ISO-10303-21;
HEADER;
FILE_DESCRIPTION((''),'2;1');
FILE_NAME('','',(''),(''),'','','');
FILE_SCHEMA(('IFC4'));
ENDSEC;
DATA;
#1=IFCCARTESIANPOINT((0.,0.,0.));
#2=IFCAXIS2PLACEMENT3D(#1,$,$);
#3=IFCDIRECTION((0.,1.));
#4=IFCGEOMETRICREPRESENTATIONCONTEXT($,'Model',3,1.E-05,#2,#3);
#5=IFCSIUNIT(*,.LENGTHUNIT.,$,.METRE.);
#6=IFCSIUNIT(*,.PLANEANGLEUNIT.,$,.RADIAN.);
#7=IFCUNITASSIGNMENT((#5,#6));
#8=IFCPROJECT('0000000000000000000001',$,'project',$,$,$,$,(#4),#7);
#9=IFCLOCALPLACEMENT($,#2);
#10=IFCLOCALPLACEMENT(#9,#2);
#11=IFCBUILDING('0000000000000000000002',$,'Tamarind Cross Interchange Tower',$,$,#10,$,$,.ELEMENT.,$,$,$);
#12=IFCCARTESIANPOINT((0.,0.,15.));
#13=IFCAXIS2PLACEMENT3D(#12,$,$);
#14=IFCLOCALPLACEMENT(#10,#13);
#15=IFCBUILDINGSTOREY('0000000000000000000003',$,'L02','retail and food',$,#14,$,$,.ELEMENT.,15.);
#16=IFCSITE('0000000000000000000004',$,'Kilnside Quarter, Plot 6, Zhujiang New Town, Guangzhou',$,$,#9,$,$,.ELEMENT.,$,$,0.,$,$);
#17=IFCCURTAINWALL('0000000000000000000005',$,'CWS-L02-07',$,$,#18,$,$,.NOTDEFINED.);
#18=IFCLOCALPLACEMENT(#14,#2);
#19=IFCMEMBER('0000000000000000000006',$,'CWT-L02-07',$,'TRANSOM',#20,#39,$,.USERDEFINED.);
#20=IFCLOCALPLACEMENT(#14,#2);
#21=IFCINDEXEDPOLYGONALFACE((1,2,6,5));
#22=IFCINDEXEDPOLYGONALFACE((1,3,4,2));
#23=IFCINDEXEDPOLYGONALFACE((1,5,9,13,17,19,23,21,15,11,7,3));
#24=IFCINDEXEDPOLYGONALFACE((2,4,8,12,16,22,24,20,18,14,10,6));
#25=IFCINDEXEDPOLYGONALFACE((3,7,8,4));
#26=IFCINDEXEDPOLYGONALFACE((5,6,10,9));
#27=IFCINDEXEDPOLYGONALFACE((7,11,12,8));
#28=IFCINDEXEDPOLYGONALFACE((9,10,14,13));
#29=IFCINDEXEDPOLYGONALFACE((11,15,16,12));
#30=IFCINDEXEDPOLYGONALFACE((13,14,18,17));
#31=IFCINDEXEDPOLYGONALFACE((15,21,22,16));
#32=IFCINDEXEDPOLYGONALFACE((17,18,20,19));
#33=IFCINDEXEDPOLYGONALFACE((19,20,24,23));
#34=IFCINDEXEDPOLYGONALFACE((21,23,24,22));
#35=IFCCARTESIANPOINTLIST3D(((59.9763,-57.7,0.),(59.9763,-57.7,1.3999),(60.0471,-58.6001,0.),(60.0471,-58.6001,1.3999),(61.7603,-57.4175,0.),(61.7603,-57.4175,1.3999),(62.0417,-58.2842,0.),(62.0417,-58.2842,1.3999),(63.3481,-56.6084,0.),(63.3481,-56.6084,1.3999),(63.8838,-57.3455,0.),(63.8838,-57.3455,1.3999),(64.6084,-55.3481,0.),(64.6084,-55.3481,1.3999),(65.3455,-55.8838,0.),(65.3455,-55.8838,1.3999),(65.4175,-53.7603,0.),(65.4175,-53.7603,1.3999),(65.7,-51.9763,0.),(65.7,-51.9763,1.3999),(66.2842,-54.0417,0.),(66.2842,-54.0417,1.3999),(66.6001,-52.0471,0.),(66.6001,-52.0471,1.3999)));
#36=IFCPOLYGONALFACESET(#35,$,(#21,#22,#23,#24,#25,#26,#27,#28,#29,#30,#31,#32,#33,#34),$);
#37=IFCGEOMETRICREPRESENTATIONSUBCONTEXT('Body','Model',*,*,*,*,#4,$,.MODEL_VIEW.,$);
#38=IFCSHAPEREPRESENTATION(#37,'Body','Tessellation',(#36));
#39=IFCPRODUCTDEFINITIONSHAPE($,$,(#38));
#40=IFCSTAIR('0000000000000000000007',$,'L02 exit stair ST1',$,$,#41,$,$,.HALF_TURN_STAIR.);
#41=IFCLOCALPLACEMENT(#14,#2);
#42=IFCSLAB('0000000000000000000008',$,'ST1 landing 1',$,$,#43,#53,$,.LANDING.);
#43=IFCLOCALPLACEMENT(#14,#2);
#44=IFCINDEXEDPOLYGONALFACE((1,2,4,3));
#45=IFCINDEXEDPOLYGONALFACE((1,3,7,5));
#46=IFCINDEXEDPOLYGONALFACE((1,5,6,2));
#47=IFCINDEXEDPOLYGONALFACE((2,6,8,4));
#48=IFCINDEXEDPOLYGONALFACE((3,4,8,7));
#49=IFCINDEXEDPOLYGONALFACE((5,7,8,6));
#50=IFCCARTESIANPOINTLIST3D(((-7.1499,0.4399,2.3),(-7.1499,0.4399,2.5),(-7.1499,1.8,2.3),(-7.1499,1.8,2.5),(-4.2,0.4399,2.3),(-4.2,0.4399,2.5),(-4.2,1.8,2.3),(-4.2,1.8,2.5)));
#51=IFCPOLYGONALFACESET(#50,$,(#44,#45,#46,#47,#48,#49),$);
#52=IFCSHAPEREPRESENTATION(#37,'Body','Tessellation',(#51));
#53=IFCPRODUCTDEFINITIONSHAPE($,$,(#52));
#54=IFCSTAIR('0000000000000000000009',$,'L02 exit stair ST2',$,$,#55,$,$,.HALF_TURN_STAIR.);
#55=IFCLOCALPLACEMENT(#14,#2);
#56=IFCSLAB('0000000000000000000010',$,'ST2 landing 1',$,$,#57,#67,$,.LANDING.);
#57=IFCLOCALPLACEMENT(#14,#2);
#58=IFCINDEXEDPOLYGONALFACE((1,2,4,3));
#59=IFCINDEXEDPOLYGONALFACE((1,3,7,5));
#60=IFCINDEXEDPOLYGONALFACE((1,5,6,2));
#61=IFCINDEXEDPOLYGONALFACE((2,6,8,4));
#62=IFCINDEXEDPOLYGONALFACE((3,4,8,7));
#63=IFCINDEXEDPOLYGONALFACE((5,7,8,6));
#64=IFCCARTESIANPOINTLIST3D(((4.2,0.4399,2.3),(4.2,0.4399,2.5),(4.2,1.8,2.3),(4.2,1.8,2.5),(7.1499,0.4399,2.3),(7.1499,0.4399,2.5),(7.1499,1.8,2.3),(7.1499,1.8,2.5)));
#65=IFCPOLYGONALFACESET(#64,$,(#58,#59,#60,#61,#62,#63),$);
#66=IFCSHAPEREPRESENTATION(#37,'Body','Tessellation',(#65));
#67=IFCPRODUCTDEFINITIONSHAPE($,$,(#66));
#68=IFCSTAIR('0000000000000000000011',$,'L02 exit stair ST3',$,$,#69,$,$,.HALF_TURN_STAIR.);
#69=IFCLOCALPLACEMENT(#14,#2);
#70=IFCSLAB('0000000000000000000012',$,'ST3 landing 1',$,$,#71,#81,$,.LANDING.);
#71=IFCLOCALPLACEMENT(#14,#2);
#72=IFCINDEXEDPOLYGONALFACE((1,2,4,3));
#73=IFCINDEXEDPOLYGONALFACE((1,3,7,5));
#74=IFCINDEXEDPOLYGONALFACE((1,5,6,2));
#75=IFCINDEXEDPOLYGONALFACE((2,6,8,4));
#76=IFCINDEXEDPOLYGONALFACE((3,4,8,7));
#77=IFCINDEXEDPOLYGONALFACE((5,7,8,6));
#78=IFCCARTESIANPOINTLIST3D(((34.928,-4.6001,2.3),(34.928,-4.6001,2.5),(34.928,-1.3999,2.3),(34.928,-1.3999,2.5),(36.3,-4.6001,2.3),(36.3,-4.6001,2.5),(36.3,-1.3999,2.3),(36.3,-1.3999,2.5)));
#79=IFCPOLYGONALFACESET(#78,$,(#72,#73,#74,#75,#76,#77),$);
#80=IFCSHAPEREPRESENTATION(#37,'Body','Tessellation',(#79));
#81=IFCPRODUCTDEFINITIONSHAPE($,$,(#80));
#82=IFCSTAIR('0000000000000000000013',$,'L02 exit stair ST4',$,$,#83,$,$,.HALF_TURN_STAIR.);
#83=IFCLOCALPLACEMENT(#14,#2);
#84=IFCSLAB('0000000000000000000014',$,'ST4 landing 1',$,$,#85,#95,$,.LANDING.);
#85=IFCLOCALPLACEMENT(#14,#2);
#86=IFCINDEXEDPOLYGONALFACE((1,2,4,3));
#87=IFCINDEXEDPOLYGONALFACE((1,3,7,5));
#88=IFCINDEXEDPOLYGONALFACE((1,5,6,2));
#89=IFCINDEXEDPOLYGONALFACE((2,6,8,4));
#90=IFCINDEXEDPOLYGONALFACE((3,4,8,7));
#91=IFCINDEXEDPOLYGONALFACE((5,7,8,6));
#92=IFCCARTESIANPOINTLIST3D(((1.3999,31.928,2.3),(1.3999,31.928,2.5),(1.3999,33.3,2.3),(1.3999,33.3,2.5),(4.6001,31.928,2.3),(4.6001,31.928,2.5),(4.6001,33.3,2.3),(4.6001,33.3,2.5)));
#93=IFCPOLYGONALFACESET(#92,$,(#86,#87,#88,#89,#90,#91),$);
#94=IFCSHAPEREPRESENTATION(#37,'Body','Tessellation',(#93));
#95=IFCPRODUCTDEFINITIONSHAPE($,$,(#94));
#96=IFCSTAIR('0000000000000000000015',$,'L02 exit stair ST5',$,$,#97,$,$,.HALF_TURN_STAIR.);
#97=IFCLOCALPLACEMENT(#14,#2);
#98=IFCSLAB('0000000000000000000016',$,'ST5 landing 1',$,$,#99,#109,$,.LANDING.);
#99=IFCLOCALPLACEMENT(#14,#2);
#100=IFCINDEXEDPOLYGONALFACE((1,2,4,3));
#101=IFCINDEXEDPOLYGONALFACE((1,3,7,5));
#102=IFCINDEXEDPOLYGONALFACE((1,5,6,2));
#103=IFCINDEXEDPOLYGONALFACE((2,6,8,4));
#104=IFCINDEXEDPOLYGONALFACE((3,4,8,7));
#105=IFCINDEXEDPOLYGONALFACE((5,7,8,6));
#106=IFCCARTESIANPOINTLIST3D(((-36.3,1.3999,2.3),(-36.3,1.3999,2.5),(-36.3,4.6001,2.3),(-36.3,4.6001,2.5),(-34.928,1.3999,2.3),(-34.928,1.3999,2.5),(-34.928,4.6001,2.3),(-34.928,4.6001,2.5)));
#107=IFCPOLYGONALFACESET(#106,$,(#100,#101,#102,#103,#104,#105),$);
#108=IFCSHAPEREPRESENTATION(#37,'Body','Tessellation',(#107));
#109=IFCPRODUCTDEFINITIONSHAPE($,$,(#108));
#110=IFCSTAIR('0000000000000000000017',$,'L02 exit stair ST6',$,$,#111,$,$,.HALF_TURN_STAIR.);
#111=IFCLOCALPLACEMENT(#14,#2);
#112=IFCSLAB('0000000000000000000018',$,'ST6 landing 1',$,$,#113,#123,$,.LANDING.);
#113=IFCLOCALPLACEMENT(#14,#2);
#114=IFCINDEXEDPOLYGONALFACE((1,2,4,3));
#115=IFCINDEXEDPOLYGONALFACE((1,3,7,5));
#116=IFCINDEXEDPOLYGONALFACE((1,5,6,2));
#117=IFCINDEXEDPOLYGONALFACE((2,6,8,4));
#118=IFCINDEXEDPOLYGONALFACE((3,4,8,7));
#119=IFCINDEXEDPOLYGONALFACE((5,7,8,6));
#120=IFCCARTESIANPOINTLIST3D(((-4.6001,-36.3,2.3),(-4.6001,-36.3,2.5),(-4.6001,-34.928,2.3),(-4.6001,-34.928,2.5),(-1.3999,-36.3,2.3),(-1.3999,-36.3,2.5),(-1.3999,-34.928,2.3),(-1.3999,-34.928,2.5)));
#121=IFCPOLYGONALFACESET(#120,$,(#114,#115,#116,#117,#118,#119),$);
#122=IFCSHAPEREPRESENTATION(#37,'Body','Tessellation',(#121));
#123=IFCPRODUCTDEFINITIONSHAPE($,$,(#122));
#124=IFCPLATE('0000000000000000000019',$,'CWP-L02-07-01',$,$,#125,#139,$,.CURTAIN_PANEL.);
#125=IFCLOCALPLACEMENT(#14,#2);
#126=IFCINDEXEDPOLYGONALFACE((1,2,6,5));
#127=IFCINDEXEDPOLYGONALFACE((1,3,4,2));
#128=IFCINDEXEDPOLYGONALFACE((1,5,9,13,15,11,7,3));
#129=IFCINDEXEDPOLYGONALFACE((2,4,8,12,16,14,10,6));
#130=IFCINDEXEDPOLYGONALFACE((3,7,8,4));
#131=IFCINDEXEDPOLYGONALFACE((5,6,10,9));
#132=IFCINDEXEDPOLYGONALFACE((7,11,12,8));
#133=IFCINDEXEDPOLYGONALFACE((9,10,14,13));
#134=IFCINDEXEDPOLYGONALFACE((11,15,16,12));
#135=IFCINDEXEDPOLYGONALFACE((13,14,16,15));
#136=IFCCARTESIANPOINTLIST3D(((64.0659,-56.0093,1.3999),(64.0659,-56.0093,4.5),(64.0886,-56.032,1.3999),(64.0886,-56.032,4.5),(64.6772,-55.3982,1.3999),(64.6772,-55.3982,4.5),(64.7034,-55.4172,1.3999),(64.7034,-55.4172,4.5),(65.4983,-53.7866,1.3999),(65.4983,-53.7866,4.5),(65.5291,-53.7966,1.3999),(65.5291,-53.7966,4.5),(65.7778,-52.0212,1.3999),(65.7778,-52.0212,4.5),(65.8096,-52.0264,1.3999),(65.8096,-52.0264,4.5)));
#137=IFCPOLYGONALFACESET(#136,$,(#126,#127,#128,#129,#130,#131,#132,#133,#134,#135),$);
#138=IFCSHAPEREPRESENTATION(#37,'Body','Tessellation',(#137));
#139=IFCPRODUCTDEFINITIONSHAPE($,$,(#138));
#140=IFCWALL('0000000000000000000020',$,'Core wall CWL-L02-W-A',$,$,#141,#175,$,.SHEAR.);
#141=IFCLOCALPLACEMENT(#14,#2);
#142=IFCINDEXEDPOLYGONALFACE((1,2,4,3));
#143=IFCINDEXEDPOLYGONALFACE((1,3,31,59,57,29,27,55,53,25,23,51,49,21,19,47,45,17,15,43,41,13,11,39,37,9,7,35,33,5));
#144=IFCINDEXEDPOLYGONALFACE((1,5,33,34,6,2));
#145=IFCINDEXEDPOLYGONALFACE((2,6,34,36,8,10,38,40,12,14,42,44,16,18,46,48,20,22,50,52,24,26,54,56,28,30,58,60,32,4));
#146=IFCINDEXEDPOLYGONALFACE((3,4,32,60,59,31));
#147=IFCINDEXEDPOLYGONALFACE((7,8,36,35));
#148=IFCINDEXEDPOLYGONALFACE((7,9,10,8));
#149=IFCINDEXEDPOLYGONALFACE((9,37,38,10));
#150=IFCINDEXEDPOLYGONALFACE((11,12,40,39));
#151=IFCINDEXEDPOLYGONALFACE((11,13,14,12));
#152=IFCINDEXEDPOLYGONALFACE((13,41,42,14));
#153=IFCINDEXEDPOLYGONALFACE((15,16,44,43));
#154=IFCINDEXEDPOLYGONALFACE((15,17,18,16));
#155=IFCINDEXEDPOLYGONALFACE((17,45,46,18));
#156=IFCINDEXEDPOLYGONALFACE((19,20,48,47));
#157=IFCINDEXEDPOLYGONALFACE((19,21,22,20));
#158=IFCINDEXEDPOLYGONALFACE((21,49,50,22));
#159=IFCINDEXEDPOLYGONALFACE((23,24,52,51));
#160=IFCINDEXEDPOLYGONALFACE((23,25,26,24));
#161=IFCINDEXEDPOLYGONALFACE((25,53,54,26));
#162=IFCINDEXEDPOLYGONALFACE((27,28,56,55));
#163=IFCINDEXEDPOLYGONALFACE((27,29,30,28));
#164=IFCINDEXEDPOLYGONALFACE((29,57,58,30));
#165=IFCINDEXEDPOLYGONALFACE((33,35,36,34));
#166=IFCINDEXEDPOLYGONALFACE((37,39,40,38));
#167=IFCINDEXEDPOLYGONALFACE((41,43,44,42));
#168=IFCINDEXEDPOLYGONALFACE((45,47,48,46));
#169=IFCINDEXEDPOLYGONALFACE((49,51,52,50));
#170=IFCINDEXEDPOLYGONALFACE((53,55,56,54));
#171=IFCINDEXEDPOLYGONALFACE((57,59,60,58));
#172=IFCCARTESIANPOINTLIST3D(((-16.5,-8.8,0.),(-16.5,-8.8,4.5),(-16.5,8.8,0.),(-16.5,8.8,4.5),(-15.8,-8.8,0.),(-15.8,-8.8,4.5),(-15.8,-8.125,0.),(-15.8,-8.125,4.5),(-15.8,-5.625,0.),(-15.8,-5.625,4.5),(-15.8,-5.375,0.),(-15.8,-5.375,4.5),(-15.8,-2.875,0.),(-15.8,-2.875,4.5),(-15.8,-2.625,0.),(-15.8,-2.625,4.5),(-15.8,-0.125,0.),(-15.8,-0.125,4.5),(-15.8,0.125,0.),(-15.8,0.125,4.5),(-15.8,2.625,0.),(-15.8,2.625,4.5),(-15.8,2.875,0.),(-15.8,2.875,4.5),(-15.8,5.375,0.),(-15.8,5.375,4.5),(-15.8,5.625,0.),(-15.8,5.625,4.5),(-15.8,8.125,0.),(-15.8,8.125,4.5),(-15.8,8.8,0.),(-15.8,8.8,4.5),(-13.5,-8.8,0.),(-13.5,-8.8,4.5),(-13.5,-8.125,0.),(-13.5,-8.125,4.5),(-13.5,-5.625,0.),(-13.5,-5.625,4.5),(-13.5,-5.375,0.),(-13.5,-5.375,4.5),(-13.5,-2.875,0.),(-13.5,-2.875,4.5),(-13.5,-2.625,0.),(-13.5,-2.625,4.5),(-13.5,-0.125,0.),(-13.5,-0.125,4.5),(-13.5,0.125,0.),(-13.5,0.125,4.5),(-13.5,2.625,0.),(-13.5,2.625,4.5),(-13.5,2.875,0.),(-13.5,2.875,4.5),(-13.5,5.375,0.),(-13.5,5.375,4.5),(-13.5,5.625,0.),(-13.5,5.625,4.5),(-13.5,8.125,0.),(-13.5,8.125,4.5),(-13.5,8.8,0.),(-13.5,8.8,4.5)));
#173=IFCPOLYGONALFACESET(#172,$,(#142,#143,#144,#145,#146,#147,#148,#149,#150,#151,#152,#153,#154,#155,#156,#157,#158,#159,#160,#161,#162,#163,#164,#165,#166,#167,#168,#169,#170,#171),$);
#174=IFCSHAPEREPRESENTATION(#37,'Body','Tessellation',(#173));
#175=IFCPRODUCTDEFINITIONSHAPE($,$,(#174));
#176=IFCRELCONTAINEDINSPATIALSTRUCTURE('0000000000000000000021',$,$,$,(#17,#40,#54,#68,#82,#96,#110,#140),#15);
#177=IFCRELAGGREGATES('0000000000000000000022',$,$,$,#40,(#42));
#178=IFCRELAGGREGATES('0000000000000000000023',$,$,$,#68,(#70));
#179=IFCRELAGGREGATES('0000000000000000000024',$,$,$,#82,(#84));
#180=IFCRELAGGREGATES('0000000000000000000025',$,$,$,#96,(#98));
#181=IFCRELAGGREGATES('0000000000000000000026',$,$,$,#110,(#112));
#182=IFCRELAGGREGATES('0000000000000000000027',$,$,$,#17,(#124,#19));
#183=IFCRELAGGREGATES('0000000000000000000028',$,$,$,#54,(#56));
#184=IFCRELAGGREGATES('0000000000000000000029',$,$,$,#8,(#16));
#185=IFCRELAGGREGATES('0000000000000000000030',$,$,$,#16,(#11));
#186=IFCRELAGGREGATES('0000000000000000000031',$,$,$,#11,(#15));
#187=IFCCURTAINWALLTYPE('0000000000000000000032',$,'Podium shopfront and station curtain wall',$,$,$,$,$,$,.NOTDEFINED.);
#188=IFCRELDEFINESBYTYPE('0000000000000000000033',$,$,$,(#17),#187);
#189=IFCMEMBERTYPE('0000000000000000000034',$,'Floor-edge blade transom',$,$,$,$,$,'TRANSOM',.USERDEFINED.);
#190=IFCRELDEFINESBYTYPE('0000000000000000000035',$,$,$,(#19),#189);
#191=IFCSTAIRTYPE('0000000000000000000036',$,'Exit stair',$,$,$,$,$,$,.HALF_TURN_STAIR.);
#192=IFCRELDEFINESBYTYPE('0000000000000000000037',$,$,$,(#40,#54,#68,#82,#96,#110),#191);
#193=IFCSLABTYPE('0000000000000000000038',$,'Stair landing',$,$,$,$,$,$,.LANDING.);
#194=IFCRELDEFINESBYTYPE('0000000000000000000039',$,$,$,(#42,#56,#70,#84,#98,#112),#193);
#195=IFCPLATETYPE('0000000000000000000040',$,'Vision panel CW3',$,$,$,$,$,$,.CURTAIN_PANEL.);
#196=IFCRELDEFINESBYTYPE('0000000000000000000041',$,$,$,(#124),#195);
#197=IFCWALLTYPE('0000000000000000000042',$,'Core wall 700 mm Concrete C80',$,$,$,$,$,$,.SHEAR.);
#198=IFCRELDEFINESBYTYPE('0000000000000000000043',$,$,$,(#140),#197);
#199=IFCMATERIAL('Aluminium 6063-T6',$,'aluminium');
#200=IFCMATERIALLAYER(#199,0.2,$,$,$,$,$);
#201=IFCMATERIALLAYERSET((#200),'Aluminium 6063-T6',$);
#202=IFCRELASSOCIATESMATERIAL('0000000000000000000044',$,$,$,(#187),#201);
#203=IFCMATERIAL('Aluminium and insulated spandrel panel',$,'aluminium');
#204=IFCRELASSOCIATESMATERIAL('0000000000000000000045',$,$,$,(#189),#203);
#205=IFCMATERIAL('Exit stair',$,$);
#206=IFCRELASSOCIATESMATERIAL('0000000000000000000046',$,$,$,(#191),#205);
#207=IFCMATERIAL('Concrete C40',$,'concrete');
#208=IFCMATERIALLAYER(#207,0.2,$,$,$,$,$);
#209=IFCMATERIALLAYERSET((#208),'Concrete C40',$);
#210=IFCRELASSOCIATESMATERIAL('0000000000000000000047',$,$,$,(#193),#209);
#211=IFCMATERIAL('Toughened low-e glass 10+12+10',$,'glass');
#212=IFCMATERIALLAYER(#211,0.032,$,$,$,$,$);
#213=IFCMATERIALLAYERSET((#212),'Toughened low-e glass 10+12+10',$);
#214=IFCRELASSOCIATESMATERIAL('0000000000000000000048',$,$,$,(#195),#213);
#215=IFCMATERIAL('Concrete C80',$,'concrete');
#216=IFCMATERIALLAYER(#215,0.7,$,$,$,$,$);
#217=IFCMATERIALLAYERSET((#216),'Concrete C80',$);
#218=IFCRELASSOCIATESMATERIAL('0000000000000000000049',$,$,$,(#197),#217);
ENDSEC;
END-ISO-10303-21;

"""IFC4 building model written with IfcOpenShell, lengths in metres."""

from ifc_helpers import new_model, si_unit, direction, frame, origin, place, context, subcontext, project, spatial, polyline, outline, extrude, material, layer, layer_set, type_object, element, aggregate, save


model = new_model("IFC4")

# Units and contexts
model_context = context("Model", 3, precision=1e-05, world=origin(), true_north=direction((0.0, 1.0)))
body_context = subcontext(model_context, "Body", "Model", "MODEL_VIEW")
ifc_project = project(units=[si_unit("LENGTHUNIT", "METRE"), si_unit("PLANEANGLEUNIT", "RADIAN")], contexts=[model_context])

# Site, building, storey
site_placement = place(None, origin())
site = spatial("IfcSite", under=ifc_project, at=site_placement, Name="Kilnside Quarter, Plot 6, Zhujiang New Town, Guangzhou", CompositionType="ELEMENT", RefElevation=0.0)
building_placement = place(site_placement, origin())
building = spatial("IfcBuilding", under=site, at=building_placement, Name="Tamarind Cross Interchange Tower", CompositionType="ELEMENT")
storey_placement = place(building_placement, frame((0.0, 0.0, 15.0)))
storey = spatial("IfcBuildingStorey", under=building, at=storey_placement, Name="L02", Description="retail and food", CompositionType="ELEMENT", Elevation=15.0)

# Curtain wall, member
ifc_material_1 = material(Name="Aluminium 6063-T6", Category="aluminium")
ifc_layer_1 = layer(ifc_material_1, 0.2)
ifc_layer_set_1 = layer_set([ifc_layer_1], Name="Aluminium 6063-T6")
curtain_wall_type = type_object("IfcCurtainWallType", Name="Podium shopfront and station curtain wall", PredefinedType="NOTDEFINED", material=ifc_layer_set_1)
curtain_wall_placement = place(storey_placement, origin())
curtain_wall = element("IfcCurtainWall", 1, at=curtain_wall_placement, inside=storey, type_object=curtain_wall_type, Name="CWS-L02-07", PredefinedType="NOTDEFINED")
ifc_material_2 = material(Name="Aluminium and insulated spandrel panel", Category="aluminium")
member_type = type_object("IfcMemberType", Name="Floor-edge blade transom", ElementType="TRANSOM", PredefinedType="USERDEFINED", material=ifc_material_2)
member_placement = place(storey_placement, origin())
member = element("IfcMember", 2, at=member_placement, type_object=member_type, Name="CWT-L02-07", ObjectType="TRANSOM", PredefinedType="USERDEFINED", context=body_context, shape_type="SweptSolid", body=[
    extrude(outline(polyline([(59.9763, -57.7), (61.7603, -57.4175), (63.3481, -56.6084), (64.6084, -55.3481), (65.4175, -53.7603), (65.7, -51.9763), (66.6001, -52.0471), (66.2842, -54.0417), (65.3455, -55.8838), (63.8838, -57.3455), (62.0417, -58.2842), (60.0471, -58.6001), (59.9763, -57.7)])), origin(), (0.0, 0.0, 1.0), 1.3999),
])

# Stairs, slabs
ifc_material_3 = material(Name="Exit stair")
stair_type = type_object("IfcStairType", Name="Exit stair", PredefinedType="HALF_TURN_STAIR", material=ifc_material_3)
stair_1_placement = place(storey_placement, origin())
stair_1 = element("IfcStair", 3, at=stair_1_placement, inside=storey, type_object=stair_type, Name="L02 exit stair ST1", PredefinedType="HALF_TURN_STAIR")
ifc_material_4 = material(Name="Concrete C40", Category="concrete")
ifc_layer_2 = layer(ifc_material_4, 0.2)
ifc_layer_set_2 = layer_set([ifc_layer_2], Name="Concrete C40")
slab_type = type_object("IfcSlabType", Name="Stair landing", PredefinedType="LANDING", material=ifc_layer_set_2)
slab_1_placement = place(storey_placement, frame((0.0, 0.0, 2.3)))
slab_1 = element("IfcSlab", 4, at=slab_1_placement, type_object=slab_type, Name="ST1 landing 1", PredefinedType="LANDING", context=body_context, shape_type="SweptSolid", body=[
    extrude(outline(polyline([(-4.2, 0.4399), (-4.2, 1.8), (-7.1499, 1.8), (-7.1499, 0.4399), (-4.2, 0.4399)])), origin(), (0.0, 0.0, 1.0), 0.2),
])
aggregate(stair_1, [slab_1])
stair_2_placement = place(storey_placement, origin())
stair_2 = element("IfcStair", 5, at=stair_2_placement, inside=storey, type_object=stair_type, Name="L02 exit stair ST2", PredefinedType="HALF_TURN_STAIR")
slab_2_placement = place(storey_placement, frame((0.0, 0.0, 2.3)))
slab_2 = element("IfcSlab", 6, at=slab_2_placement, type_object=slab_type, Name="ST2 landing 1", PredefinedType="LANDING", context=body_context, shape_type="SweptSolid", body=[
    extrude(outline(polyline([(7.1499, 0.4399), (7.1499, 1.8), (4.2, 1.8), (4.2, 0.4399), (7.1499, 0.4399)])), origin(), (0.0, 0.0, 1.0), 0.2),
])
stair_3_placement = place(storey_placement, origin())
stair_3 = element("IfcStair", 7, at=stair_3_placement, inside=storey, type_object=stair_type, Name="L02 exit stair ST3", PredefinedType="HALF_TURN_STAIR")
slab_3_placement = place(storey_placement, frame((0.0, 0.0, 2.3)))
slab_3 = element("IfcSlab", 8, at=slab_3_placement, type_object=slab_type, Name="ST3 landing 1", PredefinedType="LANDING", context=body_context, shape_type="SweptSolid", body=[
    extrude(outline(polyline([(34.928, -4.6001), (36.3, -4.6001), (36.3, -1.3999), (34.928, -1.3999), (34.928, -4.6001)])), origin(), (0.0, 0.0, 1.0), 0.2),
])
aggregate(stair_3, [slab_3])
stair_4_placement = place(storey_placement, origin())
stair_4 = element("IfcStair", 9, at=stair_4_placement, inside=storey, type_object=stair_type, Name="L02 exit stair ST4", PredefinedType="HALF_TURN_STAIR")
slab_4_placement = place(storey_placement, frame((0.0, 0.0, 2.3)))
slab_4 = element("IfcSlab", 10, at=slab_4_placement, type_object=slab_type, Name="ST4 landing 1", PredefinedType="LANDING", context=body_context, shape_type="SweptSolid", body=[
    extrude(outline(polyline([(4.6001, 31.928), (4.6001, 33.3), (1.3999, 33.3), (1.3999, 31.928), (4.6001, 31.928)])), origin(), (0.0, 0.0, 1.0), 0.2),
])
aggregate(stair_4, [slab_4])
stair_5_placement = place(storey_placement, origin())
stair_5 = element("IfcStair", 11, at=stair_5_placement, inside=storey, type_object=stair_type, Name="L02 exit stair ST5", PredefinedType="HALF_TURN_STAIR")
slab_5_placement = place(storey_placement, frame((0.0, 0.0, 2.3)))
slab_5 = element("IfcSlab", 12, at=slab_5_placement, type_object=slab_type, Name="ST5 landing 1", PredefinedType="LANDING", context=body_context, shape_type="SweptSolid", body=[
    extrude(outline(polyline([(-34.928, 4.6001), (-36.3, 4.6001), (-36.3, 1.3999), (-34.928, 1.3999), (-34.928, 4.6001)])), origin(), (0.0, 0.0, 1.0), 0.2),
])
aggregate(stair_5, [slab_5])
stair_6_placement = place(storey_placement, origin())
stair_6 = element("IfcStair", 13, at=stair_6_placement, inside=storey, type_object=stair_type, Name="L02 exit stair ST6", PredefinedType="HALF_TURN_STAIR")
slab_6_placement = place(storey_placement, frame((0.0, 0.0, 2.3)))
slab_6 = element("IfcSlab", 14, at=slab_6_placement, type_object=slab_type, Name="ST6 landing 1", PredefinedType="LANDING", context=body_context, shape_type="SweptSolid", body=[
    extrude(outline(polyline([(-4.6001, -34.928), (-4.6001, -36.3), (-1.3999, -36.3), (-1.3999, -34.928), (-4.6001, -34.928)])), origin(), (0.0, 0.0, 1.0), 0.2),
])
aggregate(stair_6, [slab_6])

# Plate
ifc_material_5 = material(Name="Toughened low-e glass 10+12+10", Category="glass")
ifc_layer_3 = layer(ifc_material_5, 0.032)
ifc_layer_set_3 = layer_set([ifc_layer_3], Name="Toughened low-e glass 10+12+10")
plate_type = type_object("IfcPlateType", Name="Vision panel CW3", PredefinedType="CURTAIN_PANEL", material=ifc_layer_set_3)
plate_placement = place(storey_placement, frame((0.0, 0.0, 1.3999)))
plate = element("IfcPlate", 15, at=plate_placement, type_object=plate_type, Name="CWP-L02-07-01", PredefinedType="CURTAIN_PANEL", context=body_context, shape_type="SweptSolid", body=[
    extrude(outline(polyline([(64.0659, -56.0093), (64.6772, -55.3982), (65.4983, -53.7866), (65.7778, -52.0212), (65.8096, -52.0264), (65.5291, -53.7966), (64.7034, -55.4172), (64.0886, -56.032), (64.0659, -56.0093)])), origin(), (0.0, 0.0, 1.0), 3.1001),
])
aggregate(curtain_wall, [plate, member])

# Wall
ifc_material_6 = material(Name="Concrete C80", Category="concrete")
ifc_layer_4 = layer(ifc_material_6, 0.7)
ifc_layer_set_4 = layer_set([ifc_layer_4], Name="Concrete C80")
wall_type_1 = type_object("IfcWallType", Name="Core wall 700 mm Concrete C80", PredefinedType="SHEAR", material=ifc_layer_set_4)
wall_1_placement = place(storey_placement, origin())
element("IfcWall", 16, at=wall_1_placement, inside=storey, type_object=wall_type_1, Name="Core wall CWL-L02-W-A", PredefinedType="SHEAR", context=body_context, shape_type="SweptSolid", body=[
    extrude(outline(polyline([(-13.5, -8.8), (-13.5, -8.125), (-15.8, -8.125), (-15.8, -5.625), (-13.5, -5.625), (-13.5, -5.375), (-15.8, -5.375), (-15.8, -2.875), (-13.5, -2.875), (-13.5, -2.625), (-15.8, -2.625), (-15.8, -0.125), (-13.5, -0.125), (-13.5, 0.125), (-15.8, 0.125), (-15.8, 2.625), (-13.5, 2.625), (-13.5, 2.875), (-15.8, 2.875), (-15.8, 5.375), (-13.5, 5.375), (-13.5, 5.625), (-15.8, 5.625), (-15.8, 8.125), (-13.5, 8.125), (-13.5, 8.8), (-15.8, 8.8), (-16.5, 8.8), (-16.5, -8.8), (-15.8, -8.8), (-13.5, -8.8)])), origin(), (0.0, 0.0, 1.0), 4.5),
])

aggregate(stair_2, [slab_2])

save(model, "model.ifc")
